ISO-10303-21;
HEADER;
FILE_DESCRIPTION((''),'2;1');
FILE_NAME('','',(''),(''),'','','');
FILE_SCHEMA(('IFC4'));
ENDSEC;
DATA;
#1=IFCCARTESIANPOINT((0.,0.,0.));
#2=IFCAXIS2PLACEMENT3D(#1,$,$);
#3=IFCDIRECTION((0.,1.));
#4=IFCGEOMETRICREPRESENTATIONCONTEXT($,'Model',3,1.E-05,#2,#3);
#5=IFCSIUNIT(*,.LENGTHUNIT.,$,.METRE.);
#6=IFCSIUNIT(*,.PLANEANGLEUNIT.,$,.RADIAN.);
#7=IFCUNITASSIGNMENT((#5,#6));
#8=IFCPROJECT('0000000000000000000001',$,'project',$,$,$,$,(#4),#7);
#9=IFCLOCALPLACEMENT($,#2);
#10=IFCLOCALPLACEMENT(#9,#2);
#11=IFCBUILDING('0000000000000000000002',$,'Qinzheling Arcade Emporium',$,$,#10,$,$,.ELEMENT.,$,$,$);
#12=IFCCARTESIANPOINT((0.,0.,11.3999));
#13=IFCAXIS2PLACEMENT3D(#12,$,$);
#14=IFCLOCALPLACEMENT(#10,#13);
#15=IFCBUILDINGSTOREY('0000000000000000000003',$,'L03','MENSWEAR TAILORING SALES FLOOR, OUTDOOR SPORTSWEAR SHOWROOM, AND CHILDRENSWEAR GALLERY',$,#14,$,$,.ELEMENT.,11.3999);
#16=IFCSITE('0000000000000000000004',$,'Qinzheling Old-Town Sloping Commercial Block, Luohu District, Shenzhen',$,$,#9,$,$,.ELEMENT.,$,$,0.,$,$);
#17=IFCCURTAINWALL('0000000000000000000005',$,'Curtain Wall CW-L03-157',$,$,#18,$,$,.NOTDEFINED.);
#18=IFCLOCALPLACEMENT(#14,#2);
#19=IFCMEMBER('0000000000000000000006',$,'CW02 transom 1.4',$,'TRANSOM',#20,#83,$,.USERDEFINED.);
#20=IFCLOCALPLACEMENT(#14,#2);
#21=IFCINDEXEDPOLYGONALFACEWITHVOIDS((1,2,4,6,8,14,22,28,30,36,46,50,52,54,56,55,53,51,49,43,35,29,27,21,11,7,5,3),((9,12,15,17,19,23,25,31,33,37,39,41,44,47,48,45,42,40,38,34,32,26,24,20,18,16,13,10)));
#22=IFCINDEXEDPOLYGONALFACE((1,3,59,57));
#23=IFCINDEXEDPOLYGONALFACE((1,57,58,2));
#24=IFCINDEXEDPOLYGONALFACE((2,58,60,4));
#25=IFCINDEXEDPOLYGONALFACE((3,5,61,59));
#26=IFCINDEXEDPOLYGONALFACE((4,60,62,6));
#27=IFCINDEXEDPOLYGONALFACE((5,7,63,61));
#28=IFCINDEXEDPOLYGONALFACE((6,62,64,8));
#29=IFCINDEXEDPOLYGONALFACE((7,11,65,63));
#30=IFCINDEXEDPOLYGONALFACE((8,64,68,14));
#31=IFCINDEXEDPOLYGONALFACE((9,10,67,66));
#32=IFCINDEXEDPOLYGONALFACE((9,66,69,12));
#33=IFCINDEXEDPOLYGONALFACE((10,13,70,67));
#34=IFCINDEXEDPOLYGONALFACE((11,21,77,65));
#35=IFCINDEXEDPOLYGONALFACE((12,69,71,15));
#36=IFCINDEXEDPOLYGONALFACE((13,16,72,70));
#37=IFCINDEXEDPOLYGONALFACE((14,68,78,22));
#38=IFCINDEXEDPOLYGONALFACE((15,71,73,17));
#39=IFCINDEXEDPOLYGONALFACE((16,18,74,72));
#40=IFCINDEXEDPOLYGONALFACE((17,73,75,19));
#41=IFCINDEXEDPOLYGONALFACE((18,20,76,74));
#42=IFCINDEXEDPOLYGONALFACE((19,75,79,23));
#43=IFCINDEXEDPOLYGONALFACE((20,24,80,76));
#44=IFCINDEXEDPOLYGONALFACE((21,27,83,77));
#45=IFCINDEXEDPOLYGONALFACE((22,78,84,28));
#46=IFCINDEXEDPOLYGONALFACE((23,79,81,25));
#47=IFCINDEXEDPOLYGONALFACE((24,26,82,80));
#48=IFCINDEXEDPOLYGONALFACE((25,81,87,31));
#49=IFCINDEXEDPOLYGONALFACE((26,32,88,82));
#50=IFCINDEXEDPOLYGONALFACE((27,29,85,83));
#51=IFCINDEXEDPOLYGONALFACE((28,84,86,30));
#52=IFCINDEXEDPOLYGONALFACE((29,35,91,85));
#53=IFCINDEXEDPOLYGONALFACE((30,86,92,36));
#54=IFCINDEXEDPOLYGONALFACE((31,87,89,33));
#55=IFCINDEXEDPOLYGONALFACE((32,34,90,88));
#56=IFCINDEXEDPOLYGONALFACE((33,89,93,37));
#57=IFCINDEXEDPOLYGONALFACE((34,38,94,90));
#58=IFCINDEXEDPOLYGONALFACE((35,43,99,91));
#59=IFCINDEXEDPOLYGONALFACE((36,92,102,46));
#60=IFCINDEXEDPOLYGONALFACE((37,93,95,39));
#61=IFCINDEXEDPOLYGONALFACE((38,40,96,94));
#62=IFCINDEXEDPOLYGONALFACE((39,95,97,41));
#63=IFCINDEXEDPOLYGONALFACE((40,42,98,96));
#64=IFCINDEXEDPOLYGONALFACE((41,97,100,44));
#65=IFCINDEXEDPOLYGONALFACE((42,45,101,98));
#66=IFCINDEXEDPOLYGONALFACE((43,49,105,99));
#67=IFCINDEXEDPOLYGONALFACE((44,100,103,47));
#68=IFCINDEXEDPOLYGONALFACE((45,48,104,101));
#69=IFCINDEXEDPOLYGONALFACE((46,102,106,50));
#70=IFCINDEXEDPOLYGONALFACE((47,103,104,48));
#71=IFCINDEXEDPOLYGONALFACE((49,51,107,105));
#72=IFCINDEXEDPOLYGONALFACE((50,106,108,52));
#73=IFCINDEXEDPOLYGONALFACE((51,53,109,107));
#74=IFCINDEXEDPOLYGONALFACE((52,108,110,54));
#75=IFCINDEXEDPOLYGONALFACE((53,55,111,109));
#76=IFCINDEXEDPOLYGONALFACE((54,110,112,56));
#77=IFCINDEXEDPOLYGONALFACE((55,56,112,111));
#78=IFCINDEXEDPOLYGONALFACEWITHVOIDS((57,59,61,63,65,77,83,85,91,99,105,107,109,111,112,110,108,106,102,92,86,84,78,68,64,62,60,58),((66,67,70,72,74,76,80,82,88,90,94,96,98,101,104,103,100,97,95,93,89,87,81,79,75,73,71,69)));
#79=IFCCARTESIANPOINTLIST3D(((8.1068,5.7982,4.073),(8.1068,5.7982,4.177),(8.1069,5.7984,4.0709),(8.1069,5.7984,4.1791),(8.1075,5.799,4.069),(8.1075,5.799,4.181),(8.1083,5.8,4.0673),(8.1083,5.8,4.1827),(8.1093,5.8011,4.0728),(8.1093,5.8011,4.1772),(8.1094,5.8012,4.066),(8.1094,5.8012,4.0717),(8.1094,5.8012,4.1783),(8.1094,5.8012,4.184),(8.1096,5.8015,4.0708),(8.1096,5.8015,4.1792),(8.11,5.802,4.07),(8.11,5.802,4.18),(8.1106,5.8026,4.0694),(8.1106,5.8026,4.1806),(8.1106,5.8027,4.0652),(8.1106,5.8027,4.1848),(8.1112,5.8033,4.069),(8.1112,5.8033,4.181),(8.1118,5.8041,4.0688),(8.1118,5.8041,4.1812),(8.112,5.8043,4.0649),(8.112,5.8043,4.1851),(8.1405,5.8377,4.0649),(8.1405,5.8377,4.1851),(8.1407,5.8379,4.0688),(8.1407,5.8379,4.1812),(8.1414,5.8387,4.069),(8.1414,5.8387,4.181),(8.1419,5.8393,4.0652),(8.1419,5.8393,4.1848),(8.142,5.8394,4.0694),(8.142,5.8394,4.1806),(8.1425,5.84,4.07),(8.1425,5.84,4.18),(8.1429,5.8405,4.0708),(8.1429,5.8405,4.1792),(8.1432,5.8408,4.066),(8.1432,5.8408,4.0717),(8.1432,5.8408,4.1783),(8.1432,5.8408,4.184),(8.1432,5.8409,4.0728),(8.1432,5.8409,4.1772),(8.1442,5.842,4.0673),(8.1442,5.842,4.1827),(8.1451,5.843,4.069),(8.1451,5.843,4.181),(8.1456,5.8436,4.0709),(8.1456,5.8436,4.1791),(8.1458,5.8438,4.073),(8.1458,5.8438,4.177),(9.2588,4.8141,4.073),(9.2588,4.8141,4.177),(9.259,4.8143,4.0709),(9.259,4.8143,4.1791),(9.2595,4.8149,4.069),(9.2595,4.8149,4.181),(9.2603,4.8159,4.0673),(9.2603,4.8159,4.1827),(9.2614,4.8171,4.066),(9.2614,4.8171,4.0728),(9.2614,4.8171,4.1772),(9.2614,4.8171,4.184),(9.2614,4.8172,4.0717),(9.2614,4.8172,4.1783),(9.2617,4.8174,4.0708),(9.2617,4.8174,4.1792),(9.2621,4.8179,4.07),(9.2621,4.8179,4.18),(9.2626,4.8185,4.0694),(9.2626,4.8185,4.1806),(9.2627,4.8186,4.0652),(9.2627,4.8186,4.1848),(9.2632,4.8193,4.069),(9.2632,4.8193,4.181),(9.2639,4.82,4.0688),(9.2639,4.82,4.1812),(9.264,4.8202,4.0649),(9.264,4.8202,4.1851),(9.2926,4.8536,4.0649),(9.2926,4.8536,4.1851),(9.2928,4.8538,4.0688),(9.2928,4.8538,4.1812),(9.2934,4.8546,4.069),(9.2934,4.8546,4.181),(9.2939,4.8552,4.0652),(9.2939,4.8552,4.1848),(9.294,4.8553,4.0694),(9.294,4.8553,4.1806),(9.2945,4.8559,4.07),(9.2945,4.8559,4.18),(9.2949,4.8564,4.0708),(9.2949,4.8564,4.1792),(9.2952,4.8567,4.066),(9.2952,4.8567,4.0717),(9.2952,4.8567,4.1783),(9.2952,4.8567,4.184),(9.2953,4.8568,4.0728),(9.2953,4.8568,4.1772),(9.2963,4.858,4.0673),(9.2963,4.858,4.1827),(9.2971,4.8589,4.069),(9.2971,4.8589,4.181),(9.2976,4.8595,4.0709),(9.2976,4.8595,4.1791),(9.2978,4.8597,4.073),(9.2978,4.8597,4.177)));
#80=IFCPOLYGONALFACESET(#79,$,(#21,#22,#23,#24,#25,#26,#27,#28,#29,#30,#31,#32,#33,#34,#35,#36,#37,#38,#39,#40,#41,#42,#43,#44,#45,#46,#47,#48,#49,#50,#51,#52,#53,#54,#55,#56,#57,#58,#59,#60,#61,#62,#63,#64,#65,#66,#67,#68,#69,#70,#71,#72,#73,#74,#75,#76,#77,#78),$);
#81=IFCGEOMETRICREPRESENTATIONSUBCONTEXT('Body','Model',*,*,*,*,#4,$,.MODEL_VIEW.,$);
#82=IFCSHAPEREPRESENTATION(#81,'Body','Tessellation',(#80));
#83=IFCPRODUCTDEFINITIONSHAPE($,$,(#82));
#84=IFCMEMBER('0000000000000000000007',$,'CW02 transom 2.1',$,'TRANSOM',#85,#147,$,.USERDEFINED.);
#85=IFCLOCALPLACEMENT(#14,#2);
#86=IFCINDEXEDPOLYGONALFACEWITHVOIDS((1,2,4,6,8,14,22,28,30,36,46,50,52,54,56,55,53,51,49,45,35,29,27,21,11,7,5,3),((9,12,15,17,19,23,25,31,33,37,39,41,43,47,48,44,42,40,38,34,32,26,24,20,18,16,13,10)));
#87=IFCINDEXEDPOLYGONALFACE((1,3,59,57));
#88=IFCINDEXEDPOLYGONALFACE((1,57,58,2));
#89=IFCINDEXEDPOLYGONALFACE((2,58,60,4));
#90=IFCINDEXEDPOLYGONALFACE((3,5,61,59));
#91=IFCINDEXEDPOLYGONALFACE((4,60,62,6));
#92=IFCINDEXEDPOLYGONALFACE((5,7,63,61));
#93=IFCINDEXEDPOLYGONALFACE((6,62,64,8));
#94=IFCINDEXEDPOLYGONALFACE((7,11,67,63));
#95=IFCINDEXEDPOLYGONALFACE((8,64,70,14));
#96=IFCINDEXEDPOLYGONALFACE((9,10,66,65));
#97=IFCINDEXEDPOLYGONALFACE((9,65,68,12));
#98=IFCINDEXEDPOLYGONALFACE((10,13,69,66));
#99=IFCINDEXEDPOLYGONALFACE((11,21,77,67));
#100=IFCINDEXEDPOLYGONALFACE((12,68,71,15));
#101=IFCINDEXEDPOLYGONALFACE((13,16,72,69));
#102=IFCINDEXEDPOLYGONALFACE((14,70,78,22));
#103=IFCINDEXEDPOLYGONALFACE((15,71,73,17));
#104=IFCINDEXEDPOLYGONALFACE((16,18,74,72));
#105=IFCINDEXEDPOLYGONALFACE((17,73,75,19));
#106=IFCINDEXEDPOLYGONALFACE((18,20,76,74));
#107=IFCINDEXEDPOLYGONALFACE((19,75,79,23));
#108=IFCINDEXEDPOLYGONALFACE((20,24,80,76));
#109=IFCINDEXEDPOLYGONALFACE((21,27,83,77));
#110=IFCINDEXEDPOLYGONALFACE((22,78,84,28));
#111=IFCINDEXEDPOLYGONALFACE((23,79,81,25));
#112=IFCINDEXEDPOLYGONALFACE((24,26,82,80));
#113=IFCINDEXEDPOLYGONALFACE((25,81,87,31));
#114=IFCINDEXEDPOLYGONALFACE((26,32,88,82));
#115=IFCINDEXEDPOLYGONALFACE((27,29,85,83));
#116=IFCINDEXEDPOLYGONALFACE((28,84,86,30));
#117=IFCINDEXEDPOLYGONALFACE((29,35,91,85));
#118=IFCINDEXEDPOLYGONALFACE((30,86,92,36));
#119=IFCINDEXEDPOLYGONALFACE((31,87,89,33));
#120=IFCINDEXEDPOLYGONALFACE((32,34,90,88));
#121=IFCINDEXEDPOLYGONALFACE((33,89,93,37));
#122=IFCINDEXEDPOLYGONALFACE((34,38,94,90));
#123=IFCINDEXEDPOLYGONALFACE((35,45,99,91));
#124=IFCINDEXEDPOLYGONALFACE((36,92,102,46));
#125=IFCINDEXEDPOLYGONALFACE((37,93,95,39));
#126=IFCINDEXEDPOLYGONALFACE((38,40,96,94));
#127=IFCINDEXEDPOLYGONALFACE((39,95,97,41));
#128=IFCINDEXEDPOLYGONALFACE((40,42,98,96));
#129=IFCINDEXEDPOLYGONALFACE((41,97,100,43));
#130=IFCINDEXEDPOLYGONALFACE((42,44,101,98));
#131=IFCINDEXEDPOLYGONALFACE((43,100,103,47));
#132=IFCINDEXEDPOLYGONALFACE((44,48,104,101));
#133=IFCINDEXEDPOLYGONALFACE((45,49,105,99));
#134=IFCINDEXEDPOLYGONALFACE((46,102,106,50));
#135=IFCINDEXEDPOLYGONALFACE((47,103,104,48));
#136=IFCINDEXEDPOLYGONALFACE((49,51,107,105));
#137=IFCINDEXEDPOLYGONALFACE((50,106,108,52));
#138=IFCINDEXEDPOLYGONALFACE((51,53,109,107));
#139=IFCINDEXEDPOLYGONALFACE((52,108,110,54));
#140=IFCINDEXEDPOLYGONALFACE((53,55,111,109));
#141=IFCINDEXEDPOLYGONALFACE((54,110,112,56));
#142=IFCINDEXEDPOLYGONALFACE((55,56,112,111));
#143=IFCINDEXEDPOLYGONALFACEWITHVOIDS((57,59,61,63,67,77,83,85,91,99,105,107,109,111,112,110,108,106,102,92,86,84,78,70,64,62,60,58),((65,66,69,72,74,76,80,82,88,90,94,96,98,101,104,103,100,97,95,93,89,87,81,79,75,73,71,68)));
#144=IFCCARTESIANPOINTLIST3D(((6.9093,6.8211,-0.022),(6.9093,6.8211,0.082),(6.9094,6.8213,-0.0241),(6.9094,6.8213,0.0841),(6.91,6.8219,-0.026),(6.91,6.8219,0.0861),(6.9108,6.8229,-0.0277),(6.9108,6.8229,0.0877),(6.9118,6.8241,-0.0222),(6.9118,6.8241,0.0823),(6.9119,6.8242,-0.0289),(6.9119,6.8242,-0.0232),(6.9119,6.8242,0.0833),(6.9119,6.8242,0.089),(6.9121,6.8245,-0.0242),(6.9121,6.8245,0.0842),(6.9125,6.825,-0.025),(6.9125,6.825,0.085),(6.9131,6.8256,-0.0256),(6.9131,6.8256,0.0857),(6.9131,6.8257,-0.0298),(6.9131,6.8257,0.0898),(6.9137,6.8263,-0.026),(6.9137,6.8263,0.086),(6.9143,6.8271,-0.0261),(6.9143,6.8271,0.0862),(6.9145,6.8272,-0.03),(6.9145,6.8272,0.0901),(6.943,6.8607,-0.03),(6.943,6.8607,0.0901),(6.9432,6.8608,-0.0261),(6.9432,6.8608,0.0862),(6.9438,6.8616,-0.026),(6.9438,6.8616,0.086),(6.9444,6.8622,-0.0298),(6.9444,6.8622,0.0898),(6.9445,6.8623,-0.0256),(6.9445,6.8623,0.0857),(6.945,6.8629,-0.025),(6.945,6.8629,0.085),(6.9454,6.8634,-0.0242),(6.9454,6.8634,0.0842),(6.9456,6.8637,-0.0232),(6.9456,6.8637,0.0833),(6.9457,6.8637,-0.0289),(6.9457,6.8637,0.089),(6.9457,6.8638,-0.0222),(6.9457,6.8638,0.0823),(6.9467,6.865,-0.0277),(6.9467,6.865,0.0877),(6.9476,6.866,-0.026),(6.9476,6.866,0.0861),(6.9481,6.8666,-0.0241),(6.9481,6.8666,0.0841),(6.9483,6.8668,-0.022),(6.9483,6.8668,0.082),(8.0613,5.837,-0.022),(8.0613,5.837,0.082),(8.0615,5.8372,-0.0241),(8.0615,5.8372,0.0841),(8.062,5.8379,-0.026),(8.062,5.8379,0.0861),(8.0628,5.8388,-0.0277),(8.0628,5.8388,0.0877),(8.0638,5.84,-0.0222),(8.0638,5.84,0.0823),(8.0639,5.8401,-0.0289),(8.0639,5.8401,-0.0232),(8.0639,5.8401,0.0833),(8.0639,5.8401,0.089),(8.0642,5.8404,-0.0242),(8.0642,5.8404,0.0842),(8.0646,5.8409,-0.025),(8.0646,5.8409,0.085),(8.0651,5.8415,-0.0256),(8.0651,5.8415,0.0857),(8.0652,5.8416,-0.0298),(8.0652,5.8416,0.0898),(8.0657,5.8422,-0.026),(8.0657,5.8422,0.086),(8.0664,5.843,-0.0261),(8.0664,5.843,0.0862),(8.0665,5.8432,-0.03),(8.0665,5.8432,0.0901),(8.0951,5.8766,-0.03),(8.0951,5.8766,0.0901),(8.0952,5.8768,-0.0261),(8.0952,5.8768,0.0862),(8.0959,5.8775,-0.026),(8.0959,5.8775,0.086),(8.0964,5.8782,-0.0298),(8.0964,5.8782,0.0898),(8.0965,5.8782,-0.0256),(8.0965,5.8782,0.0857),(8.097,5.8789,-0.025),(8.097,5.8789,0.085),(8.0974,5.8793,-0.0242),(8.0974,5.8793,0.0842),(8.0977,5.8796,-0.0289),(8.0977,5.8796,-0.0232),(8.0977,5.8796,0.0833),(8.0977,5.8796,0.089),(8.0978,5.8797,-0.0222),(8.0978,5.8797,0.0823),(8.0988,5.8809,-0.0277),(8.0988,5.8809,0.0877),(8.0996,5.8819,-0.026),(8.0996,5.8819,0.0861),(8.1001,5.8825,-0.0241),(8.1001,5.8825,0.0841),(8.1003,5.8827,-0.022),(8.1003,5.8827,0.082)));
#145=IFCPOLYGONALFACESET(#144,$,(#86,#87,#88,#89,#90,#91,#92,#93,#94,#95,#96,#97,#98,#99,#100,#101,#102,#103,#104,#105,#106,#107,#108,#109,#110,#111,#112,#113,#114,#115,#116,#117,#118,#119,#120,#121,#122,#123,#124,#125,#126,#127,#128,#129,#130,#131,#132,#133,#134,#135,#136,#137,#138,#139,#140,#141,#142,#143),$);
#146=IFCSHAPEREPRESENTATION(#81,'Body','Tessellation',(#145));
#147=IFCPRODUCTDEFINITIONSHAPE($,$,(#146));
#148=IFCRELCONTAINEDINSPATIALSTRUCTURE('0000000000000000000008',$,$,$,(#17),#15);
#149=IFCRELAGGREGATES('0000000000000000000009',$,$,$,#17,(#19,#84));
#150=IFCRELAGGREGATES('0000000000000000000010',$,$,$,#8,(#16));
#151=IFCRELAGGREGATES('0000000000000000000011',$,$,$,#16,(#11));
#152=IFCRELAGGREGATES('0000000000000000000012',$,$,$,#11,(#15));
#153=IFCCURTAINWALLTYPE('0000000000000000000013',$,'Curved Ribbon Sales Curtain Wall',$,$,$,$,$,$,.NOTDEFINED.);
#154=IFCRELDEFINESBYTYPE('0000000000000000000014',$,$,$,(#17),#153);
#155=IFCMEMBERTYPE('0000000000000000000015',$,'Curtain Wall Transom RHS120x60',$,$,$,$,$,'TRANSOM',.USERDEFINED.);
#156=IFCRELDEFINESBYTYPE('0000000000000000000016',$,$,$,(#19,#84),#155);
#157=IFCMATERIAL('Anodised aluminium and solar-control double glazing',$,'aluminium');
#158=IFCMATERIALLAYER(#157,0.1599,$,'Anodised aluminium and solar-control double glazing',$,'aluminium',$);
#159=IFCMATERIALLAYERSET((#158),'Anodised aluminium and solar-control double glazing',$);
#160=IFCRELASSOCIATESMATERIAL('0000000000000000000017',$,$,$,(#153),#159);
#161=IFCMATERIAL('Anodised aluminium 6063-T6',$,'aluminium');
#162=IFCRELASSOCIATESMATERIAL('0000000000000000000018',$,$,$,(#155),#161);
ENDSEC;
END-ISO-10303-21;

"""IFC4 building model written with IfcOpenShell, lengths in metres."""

from ifc_helpers import new_model, si_unit, direction, frame, origin, origin_2d, place, context, subcontext, project, spatial, hollow_rectangle, extrude, material, layer, layer_set, material_profile, profile_set, type_object, element, aggregate, save


model = new_model("IFC4")

# Units and contexts
model_context = context("Model", 3, precision=1e-05, world=origin(), true_north=direction((0.0, 1.0)))
body_context = subcontext(model_context, "Body", "Model", "MODEL_VIEW")
ifc_project = project(units=[si_unit("LENGTHUNIT", "METRE"), si_unit("PLANEANGLEUNIT", "RADIAN")], contexts=[model_context])

# Site, building, storey
site_placement = place(None, origin())
site = spatial("IfcSite", under=ifc_project, at=site_placement, Name="Qinzheling Old-Town Sloping Commercial Block, Luohu District, Shenzhen", CompositionType="ELEMENT", RefElevation=0.0)
building_placement = place(site_placement, origin())
building = spatial("IfcBuilding", under=site, at=building_placement, Name="Qinzheling Arcade Emporium", CompositionType="ELEMENT")
storey_placement = place(building_placement, frame((0.0, 0.0, 11.3999)))
storey = spatial("IfcBuildingStorey", under=building, at=storey_placement, Name="L03", Description="MENSWEAR TAILORING SALES FLOOR, OUTDOOR SPORTSWEAR SHOWROOM, AND CHILDRENSWEAR GALLERY", CompositionType="ELEMENT", Elevation=11.3999)

# Curtain wall
ifc_material_1 = material(Name="Anodised aluminium and solar-control double glazing", Category="aluminium")
ifc_layer_1 = layer(ifc_material_1, 0.1599, Name="Anodised aluminium and solar-control double glazing", Category="aluminium")
ifc_layer_set_1 = layer_set([ifc_layer_1], Name="Anodised aluminium and solar-control double glazing")
curtain_wall_type = type_object("IfcCurtainWallType", Name="Curved Ribbon Sales Curtain Wall", PredefinedType="NOTDEFINED", material=ifc_layer_set_1)
ifc_material_2 = material(Name="Anodised aluminium 6063-T6", Category="aluminium")
curtain_wall_1_placement = place(storey_placement, origin())
curtain_wall_1 = element("IfcCurtainWall", 1, at=curtain_wall_1_placement, inside=storey, type_object=curtain_wall_type, Name="Curtain Wall CW-L03-157", PredefinedType="NOTDEFINED")

# Members
ifc_material_profile_1 = material_profile(ifc_material_2, hollow_rectangle(XDim=0.0601, YDim=0.1201, WallThickness=0.0039, InnerFilletRadius=0.0039, OuterFilletRadius=0.0081, at=origin_2d()), Name="RHS 120x60x4", Category="aluminium")
ifc_profile_set_1 = profile_set([ifc_material_profile_1], Name="Anodised aluminium 6063-T6")
member_type_1 = type_object("IfcMemberType", Name="Curtain Wall Transom RHS120x60", ElementType="TRANSOM", PredefinedType="USERDEFINED", material=ifc_profile_set_1)
member_1_placement = place(storey_placement, frame((9.2783, 4.8369, 4.125), z_axis=(-0.760359, 0.649503, 0.0), x_axis=(-0.649503, -0.760359, 0.0)))
member_1 = element("IfcMember", 2, at=member_1_placement, type_object=member_type_1, Name="CW02 transom 1.4", ObjectType="TRANSOM", PredefinedType="USERDEFINED", context=body_context, shape_type="SweptSolid", body=[
    extrude(hollow_rectangle(XDim=0.0601, YDim=0.1201, WallThickness=0.0039, InnerFilletRadius=0.0039, OuterFilletRadius=0.0081, at=origin_2d()), origin(), (0.0, 0.0, 1.0), 1.5151),
])
member_2_placement = place(storey_placement, frame((8.0808, 5.8599, 0.03), z_axis=(-0.760359, 0.649503, 0.0), x_axis=(-0.649503, -0.760359, 0.0)))
member_2 = element("IfcMember", 3, at=member_2_placement, type_object=member_type_1, Name="CW02 transom 2.1", ObjectType="TRANSOM", PredefinedType="USERDEFINED", context=body_context, shape_type="SweptSolid", body=[
    extrude(hollow_rectangle(XDim=0.0601, YDim=0.1201, WallThickness=0.0039, InnerFilletRadius=0.0039, OuterFilletRadius=0.0081, at=origin_2d()), origin(), (0.0, 0.0, 1.0), 1.5151),
])

aggregate(curtain_wall_1, [member_1, member_2])

save(model, "model.ifc")
